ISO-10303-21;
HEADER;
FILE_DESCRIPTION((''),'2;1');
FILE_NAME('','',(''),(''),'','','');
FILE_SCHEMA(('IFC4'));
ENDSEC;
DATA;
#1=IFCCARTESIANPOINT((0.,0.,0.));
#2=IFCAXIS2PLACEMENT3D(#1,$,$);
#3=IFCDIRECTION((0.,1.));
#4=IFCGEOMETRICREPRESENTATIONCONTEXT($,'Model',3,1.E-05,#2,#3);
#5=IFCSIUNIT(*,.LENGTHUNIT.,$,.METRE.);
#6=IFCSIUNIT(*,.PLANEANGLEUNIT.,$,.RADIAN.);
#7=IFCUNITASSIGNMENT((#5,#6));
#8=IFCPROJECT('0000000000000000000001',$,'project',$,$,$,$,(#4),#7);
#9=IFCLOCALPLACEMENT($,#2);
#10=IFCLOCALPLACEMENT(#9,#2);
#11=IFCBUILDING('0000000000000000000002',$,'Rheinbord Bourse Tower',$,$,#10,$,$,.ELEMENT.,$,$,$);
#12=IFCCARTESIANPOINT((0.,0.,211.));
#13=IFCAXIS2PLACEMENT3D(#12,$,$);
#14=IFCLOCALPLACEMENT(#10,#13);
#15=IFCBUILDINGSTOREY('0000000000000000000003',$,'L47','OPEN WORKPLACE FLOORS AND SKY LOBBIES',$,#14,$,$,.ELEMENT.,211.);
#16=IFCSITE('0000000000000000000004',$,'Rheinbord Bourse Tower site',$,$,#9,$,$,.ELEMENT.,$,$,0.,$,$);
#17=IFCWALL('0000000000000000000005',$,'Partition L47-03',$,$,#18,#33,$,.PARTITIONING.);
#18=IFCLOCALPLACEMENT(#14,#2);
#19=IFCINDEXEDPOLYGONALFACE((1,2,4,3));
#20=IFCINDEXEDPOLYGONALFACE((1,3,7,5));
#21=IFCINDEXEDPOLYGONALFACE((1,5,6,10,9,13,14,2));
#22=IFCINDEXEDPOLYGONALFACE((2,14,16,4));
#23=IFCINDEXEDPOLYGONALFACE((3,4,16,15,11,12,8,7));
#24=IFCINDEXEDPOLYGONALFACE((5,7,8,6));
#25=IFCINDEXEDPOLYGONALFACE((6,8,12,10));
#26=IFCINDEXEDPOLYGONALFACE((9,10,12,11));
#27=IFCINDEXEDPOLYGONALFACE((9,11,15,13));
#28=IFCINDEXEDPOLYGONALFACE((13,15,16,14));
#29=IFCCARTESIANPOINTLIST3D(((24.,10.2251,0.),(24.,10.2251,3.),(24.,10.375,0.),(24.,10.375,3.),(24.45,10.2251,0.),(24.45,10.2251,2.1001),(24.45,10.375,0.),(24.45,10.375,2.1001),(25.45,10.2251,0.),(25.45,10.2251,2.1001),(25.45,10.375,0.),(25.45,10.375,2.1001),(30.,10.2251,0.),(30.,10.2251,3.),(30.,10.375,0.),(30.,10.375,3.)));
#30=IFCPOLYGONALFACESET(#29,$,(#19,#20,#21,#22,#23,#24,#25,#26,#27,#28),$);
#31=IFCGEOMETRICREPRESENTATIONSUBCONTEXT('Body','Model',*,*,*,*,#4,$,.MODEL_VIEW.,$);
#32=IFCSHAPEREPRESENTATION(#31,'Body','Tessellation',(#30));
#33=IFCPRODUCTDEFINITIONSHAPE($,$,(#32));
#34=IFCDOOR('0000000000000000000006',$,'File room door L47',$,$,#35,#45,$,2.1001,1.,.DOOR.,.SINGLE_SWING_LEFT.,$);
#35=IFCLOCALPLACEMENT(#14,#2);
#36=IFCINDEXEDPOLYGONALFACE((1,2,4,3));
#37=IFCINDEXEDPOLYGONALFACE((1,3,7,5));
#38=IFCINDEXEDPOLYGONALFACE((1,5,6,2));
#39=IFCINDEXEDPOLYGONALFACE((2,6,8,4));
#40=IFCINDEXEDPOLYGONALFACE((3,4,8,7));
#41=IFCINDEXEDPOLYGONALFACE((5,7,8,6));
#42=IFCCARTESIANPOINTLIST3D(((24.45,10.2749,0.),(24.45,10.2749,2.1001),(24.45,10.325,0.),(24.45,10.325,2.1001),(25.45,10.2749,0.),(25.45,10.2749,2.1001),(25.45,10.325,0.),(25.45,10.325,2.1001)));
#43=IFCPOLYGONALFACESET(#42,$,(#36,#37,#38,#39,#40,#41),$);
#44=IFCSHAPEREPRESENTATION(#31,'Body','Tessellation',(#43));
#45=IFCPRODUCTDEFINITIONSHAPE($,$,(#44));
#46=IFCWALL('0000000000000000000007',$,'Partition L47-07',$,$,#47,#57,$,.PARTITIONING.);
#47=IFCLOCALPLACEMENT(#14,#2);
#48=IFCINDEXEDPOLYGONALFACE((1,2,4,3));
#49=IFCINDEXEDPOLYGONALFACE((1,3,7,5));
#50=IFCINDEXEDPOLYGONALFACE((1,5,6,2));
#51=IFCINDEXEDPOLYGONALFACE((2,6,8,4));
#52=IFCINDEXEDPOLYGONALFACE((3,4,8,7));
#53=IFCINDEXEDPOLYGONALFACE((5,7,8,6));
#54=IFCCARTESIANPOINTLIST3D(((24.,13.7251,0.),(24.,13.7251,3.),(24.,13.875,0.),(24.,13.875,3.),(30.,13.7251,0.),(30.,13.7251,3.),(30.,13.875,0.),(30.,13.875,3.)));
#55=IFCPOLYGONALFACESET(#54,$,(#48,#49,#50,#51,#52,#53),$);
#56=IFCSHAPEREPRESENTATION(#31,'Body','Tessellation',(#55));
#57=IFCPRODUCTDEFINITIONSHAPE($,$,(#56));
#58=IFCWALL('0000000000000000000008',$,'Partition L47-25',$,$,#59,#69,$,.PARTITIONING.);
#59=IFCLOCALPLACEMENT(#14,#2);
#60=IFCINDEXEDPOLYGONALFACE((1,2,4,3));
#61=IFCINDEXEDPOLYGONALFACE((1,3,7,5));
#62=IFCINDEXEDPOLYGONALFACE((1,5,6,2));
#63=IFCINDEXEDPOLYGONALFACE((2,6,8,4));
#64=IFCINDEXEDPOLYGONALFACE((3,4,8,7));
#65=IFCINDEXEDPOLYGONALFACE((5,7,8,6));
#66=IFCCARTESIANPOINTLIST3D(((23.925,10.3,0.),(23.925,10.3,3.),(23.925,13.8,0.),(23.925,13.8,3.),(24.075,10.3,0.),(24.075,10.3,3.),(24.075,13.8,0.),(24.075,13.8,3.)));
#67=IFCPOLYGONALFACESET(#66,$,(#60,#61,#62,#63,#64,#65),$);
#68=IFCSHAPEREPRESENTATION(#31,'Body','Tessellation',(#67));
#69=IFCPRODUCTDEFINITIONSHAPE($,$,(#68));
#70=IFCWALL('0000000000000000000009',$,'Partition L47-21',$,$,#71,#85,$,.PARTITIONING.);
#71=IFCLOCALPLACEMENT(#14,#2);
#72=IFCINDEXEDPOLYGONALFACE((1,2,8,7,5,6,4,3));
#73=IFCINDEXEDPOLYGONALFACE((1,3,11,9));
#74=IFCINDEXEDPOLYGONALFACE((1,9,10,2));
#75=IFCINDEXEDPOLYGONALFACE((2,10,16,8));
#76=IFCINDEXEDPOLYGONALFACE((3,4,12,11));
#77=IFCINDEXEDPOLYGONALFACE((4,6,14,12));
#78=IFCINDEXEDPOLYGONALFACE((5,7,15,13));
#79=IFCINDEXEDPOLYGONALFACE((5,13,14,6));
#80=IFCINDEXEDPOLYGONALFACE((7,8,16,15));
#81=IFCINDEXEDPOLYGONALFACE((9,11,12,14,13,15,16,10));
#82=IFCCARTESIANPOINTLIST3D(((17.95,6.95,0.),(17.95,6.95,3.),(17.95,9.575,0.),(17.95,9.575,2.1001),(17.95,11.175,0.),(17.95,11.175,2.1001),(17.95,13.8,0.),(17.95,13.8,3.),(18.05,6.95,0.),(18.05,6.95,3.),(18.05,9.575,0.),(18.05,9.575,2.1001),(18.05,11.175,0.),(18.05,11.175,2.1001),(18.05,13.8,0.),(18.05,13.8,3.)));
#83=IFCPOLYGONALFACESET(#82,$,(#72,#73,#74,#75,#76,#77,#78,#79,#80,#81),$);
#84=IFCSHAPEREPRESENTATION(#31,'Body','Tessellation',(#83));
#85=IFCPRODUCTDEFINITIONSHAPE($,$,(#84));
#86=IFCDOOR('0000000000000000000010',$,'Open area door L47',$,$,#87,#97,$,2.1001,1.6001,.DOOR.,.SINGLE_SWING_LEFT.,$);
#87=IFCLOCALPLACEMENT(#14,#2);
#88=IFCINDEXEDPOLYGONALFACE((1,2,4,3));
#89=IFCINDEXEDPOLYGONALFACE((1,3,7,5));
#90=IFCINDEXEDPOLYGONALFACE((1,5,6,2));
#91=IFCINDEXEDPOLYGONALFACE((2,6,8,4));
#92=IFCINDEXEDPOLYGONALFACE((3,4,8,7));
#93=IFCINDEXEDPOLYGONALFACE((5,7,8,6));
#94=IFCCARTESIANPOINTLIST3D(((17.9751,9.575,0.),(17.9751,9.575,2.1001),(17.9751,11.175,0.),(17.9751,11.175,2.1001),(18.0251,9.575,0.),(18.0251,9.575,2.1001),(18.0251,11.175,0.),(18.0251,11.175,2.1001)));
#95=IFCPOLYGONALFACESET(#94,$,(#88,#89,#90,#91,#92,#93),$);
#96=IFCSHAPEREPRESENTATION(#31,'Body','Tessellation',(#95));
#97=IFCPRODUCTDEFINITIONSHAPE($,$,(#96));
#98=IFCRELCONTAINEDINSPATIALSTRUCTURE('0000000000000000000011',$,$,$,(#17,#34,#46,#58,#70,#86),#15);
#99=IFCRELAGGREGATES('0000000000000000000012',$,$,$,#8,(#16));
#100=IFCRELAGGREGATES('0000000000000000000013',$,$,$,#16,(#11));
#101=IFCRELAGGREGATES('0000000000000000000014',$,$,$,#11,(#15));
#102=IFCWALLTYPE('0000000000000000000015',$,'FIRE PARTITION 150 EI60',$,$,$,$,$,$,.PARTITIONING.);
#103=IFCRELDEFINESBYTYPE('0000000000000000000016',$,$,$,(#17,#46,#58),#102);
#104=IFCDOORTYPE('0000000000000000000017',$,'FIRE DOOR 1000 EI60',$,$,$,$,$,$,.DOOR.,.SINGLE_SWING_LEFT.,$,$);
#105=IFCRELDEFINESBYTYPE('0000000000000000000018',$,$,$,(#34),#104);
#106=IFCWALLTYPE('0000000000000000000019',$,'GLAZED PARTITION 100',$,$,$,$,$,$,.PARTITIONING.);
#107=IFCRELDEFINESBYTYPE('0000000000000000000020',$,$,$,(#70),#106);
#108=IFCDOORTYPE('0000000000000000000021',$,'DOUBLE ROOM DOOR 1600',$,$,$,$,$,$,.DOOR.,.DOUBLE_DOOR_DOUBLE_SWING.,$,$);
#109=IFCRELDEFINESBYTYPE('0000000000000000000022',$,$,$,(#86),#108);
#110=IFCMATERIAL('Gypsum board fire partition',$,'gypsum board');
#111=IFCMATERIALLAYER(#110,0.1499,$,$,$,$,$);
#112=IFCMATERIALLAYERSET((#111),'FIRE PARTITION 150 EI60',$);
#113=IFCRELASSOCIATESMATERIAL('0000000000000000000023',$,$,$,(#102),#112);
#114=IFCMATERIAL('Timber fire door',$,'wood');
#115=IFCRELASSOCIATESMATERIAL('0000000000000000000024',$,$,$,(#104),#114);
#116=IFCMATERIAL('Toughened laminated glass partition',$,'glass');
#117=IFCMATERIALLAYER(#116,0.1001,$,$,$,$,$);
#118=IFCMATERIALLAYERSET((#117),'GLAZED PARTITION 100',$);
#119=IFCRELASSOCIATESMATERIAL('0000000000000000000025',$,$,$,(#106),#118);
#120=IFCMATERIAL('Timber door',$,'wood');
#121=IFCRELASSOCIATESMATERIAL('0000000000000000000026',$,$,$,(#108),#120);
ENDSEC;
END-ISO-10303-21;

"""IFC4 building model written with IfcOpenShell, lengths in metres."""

from ifc_helpers import new_model, si_unit, direction, frame, frame_2d, origin, place, context, subcontext, project, spatial, rectangle, extrude, material, layer, layer_set, type_object, element, fill, save


model = new_model("IFC4")

# Units and contexts
model_context = context("Model", 3, precision=1e-05, world=origin(), true_north=direction((0.0, 1.0)))
body_context = subcontext(model_context, "Body", "Model", "MODEL_VIEW")
ifc_project = project(units=[si_unit("LENGTHUNIT", "METRE"), si_unit("PLANEANGLEUNIT", "RADIAN")], contexts=[model_context])

# Site, building, storey
site_placement = place(None, origin())
site = spatial("IfcSite", under=ifc_project, at=site_placement, Name="Rheinbord Bourse Tower site", CompositionType="ELEMENT", RefElevation=0.0)
building_placement = place(site_placement, origin())
building = spatial("IfcBuilding", under=site, at=building_placement, Name="Rheinbord Bourse Tower", CompositionType="ELEMENT")
storey_placement = place(building_placement, frame((0.0, 0.0, 211.0)))
storey = spatial("IfcBuildingStorey", under=building, at=storey_placement, Name="L47", Description="OPEN WORKPLACE FLOORS AND SKY LOBBIES", CompositionType="ELEMENT", Elevation=211.0)

# Wall, opening, door
ifc_material_1 = material(Name="Gypsum board fire partition", Category="gypsum board")
ifc_layer_1 = layer(ifc_material_1, 0.1499)
ifc_layer_set_1 = layer_set([ifc_layer_1], Name="FIRE PARTITION 150 EI60")
wall_type_1 = type_object("IfcWallType", Name="FIRE PARTITION 150 EI60", PredefinedType="PARTITIONING", material=ifc_layer_set_1)
wall_1_placement = place(storey_placement, frame((24.0, 10.3, 0.0), z_axis=(0.0, 0.0, 1.0), x_axis=(1.0, 0.0, 0.0)))
wall_1 = element("IfcWall", 1, at=wall_1_placement, inside=storey, type_object=wall_type_1, Name="Partition L47-03", PredefinedType="PARTITIONING", context=body_context, shape_type="SweptSolid", body=[
    extrude(rectangle(XDim=6.0, YDim=0.1499, at=frame_2d((3.0, 0.0))), origin(), (0.0, 0.0, 1.0), 3.0),
])
opening_1_placement = place(wall_1_placement, frame((0.45, 0.0, 0.0)))
opening_1 = element("IfcOpeningElement", 2, at=opening_1_placement, cuts=wall_1, PredefinedType="OPENING", context=body_context, shape_type="SweptSolid", body=[
    extrude(rectangle(XDim=1.0, YDim=2.1001, at=frame_2d((0.5, 1.05))), frame((0.0, 0.085, 0.0), z_axis=(0.0, -1.0, 0.0), x_axis=(1.0, 0.0, 0.0)), (0.0, 0.0, 1.0), 0.1699),
])
ifc_material_2 = material(Name="Timber fire door", Category="wood")
door_type_1 = type_object("IfcDoorType", Name="FIRE DOOR 1000 EI60", OperationType="SINGLE_SWING_LEFT", PredefinedType="DOOR", material=ifc_material_2)
door_1_placement = place(opening_1_placement, origin())
door_1 = element("IfcDoor", 3, at=door_1_placement, inside=storey, type_object=door_type_1, Name="File room door L47", OperationType="SINGLE_SWING_LEFT", OverallHeight=2.1001, OverallWidth=1.0, PredefinedType="DOOR", context=body_context, shape_type="SweptSolid", body=[
    extrude(rectangle(XDim=1.0, YDim=2.1001, at=frame_2d((0.5, 1.05))), frame((0.0, 0.0249, 0.0), z_axis=(0.0, -1.0, 0.0), x_axis=(1.0, 0.0, 0.0)), (0.0, 0.0, 1.0), 0.05),
])
fill(opening_1, door_1)

# Walls
wall_2_placement = place(storey_placement, frame((24.0, 13.8, 0.0), z_axis=(0.0, 0.0, 1.0), x_axis=(1.0, 0.0, 0.0)))
element("IfcWall", 4, at=wall_2_placement, inside=storey, type_object=wall_type_1, Name="Partition L47-07", PredefinedType="PARTITIONING", context=body_context, shape_type="SweptSolid", body=[
    extrude(rectangle(XDim=6.0, YDim=0.1499, at=frame_2d((3.0, 0.0))), origin(), (0.0, 0.0, 1.0), 3.0),
])
wall_3_placement = place(storey_placement, frame((24.0, 10.3, 0.0), z_axis=(0.0, 0.0, 1.0), x_axis=(0.0, 1.0, 0.0)))
element("IfcWall", 5, at=wall_3_placement, inside=storey, type_object=wall_type_1, Name="Partition L47-25", PredefinedType="PARTITIONING", context=body_context, shape_type="SweptSolid", body=[
    extrude(rectangle(XDim=3.5, YDim=0.1499, at=frame_2d((1.75, 0.0))), origin(), (0.0, 0.0, 1.0), 3.0),
])

# Wall, opening, door
ifc_material_3 = material(Name="Toughened laminated glass partition", Category="glass")
ifc_layer_2 = layer(ifc_material_3, 0.1001)
ifc_layer_set_2 = layer_set([ifc_layer_2], Name="GLAZED PARTITION 100")
wall_type_2 = type_object("IfcWallType", Name="GLAZED PARTITION 100", PredefinedType="PARTITIONING", material=ifc_layer_set_2)
wall_4_placement = place(storey_placement, frame((18.0, 6.95, 0.0), z_axis=(0.0, 0.0, 1.0), x_axis=(0.0, 1.0, 0.0)))
wall_4 = element("IfcWall", 6, at=wall_4_placement, inside=storey, type_object=wall_type_2, Name="Partition L47-21", PredefinedType="PARTITIONING", context=body_context, shape_type="SweptSolid", body=[
    extrude(rectangle(XDim=6.8501, YDim=0.1001, at=frame_2d((3.425, 0.0))), origin(), (0.0, 0.0, 1.0), 3.0),
])
opening_2_placement = place(wall_4_placement, frame((2.625, 0.0, 0.0)))
opening_2 = element("IfcOpeningElement", 7, at=opening_2_placement, cuts=wall_4, PredefinedType="OPENING", context=body_context, shape_type="SweptSolid", body=[
    extrude(rectangle(XDim=1.6001, YDim=2.1001, at=frame_2d((0.8, 1.05))), frame((0.0, 0.0601, 0.0), z_axis=(0.0, -1.0, 0.0), x_axis=(1.0, 0.0, 0.0)), (0.0, 0.0, 1.0), 0.1201),
])
ifc_material_4 = material(Name="Timber door", Category="wood")
door_type_2 = type_object("IfcDoorType", Name="DOUBLE ROOM DOOR 1600", OperationType="DOUBLE_DOOR_DOUBLE_SWING", PredefinedType="DOOR", material=ifc_material_4)
door_2_placement = place(opening_2_placement, origin())
door_2 = element("IfcDoor", 8, at=door_2_placement, inside=storey, type_object=door_type_2, Name="Open area door L47", OperationType="SINGLE_SWING_LEFT", OverallHeight=2.1001, OverallWidth=1.6001, PredefinedType="DOOR", context=body_context, shape_type="SweptSolid", body=[
    extrude(rectangle(XDim=1.6001, YDim=2.1001, at=frame_2d((0.8, 1.05))), frame((0.0, 0.0249, 0.0), z_axis=(0.0, -1.0, 0.0), x_axis=(1.0, 0.0, 0.0)), (0.0, 0.0, 1.0), 0.05),
])
fill(opening_2, door_2)

save(model, "model.ifc")
